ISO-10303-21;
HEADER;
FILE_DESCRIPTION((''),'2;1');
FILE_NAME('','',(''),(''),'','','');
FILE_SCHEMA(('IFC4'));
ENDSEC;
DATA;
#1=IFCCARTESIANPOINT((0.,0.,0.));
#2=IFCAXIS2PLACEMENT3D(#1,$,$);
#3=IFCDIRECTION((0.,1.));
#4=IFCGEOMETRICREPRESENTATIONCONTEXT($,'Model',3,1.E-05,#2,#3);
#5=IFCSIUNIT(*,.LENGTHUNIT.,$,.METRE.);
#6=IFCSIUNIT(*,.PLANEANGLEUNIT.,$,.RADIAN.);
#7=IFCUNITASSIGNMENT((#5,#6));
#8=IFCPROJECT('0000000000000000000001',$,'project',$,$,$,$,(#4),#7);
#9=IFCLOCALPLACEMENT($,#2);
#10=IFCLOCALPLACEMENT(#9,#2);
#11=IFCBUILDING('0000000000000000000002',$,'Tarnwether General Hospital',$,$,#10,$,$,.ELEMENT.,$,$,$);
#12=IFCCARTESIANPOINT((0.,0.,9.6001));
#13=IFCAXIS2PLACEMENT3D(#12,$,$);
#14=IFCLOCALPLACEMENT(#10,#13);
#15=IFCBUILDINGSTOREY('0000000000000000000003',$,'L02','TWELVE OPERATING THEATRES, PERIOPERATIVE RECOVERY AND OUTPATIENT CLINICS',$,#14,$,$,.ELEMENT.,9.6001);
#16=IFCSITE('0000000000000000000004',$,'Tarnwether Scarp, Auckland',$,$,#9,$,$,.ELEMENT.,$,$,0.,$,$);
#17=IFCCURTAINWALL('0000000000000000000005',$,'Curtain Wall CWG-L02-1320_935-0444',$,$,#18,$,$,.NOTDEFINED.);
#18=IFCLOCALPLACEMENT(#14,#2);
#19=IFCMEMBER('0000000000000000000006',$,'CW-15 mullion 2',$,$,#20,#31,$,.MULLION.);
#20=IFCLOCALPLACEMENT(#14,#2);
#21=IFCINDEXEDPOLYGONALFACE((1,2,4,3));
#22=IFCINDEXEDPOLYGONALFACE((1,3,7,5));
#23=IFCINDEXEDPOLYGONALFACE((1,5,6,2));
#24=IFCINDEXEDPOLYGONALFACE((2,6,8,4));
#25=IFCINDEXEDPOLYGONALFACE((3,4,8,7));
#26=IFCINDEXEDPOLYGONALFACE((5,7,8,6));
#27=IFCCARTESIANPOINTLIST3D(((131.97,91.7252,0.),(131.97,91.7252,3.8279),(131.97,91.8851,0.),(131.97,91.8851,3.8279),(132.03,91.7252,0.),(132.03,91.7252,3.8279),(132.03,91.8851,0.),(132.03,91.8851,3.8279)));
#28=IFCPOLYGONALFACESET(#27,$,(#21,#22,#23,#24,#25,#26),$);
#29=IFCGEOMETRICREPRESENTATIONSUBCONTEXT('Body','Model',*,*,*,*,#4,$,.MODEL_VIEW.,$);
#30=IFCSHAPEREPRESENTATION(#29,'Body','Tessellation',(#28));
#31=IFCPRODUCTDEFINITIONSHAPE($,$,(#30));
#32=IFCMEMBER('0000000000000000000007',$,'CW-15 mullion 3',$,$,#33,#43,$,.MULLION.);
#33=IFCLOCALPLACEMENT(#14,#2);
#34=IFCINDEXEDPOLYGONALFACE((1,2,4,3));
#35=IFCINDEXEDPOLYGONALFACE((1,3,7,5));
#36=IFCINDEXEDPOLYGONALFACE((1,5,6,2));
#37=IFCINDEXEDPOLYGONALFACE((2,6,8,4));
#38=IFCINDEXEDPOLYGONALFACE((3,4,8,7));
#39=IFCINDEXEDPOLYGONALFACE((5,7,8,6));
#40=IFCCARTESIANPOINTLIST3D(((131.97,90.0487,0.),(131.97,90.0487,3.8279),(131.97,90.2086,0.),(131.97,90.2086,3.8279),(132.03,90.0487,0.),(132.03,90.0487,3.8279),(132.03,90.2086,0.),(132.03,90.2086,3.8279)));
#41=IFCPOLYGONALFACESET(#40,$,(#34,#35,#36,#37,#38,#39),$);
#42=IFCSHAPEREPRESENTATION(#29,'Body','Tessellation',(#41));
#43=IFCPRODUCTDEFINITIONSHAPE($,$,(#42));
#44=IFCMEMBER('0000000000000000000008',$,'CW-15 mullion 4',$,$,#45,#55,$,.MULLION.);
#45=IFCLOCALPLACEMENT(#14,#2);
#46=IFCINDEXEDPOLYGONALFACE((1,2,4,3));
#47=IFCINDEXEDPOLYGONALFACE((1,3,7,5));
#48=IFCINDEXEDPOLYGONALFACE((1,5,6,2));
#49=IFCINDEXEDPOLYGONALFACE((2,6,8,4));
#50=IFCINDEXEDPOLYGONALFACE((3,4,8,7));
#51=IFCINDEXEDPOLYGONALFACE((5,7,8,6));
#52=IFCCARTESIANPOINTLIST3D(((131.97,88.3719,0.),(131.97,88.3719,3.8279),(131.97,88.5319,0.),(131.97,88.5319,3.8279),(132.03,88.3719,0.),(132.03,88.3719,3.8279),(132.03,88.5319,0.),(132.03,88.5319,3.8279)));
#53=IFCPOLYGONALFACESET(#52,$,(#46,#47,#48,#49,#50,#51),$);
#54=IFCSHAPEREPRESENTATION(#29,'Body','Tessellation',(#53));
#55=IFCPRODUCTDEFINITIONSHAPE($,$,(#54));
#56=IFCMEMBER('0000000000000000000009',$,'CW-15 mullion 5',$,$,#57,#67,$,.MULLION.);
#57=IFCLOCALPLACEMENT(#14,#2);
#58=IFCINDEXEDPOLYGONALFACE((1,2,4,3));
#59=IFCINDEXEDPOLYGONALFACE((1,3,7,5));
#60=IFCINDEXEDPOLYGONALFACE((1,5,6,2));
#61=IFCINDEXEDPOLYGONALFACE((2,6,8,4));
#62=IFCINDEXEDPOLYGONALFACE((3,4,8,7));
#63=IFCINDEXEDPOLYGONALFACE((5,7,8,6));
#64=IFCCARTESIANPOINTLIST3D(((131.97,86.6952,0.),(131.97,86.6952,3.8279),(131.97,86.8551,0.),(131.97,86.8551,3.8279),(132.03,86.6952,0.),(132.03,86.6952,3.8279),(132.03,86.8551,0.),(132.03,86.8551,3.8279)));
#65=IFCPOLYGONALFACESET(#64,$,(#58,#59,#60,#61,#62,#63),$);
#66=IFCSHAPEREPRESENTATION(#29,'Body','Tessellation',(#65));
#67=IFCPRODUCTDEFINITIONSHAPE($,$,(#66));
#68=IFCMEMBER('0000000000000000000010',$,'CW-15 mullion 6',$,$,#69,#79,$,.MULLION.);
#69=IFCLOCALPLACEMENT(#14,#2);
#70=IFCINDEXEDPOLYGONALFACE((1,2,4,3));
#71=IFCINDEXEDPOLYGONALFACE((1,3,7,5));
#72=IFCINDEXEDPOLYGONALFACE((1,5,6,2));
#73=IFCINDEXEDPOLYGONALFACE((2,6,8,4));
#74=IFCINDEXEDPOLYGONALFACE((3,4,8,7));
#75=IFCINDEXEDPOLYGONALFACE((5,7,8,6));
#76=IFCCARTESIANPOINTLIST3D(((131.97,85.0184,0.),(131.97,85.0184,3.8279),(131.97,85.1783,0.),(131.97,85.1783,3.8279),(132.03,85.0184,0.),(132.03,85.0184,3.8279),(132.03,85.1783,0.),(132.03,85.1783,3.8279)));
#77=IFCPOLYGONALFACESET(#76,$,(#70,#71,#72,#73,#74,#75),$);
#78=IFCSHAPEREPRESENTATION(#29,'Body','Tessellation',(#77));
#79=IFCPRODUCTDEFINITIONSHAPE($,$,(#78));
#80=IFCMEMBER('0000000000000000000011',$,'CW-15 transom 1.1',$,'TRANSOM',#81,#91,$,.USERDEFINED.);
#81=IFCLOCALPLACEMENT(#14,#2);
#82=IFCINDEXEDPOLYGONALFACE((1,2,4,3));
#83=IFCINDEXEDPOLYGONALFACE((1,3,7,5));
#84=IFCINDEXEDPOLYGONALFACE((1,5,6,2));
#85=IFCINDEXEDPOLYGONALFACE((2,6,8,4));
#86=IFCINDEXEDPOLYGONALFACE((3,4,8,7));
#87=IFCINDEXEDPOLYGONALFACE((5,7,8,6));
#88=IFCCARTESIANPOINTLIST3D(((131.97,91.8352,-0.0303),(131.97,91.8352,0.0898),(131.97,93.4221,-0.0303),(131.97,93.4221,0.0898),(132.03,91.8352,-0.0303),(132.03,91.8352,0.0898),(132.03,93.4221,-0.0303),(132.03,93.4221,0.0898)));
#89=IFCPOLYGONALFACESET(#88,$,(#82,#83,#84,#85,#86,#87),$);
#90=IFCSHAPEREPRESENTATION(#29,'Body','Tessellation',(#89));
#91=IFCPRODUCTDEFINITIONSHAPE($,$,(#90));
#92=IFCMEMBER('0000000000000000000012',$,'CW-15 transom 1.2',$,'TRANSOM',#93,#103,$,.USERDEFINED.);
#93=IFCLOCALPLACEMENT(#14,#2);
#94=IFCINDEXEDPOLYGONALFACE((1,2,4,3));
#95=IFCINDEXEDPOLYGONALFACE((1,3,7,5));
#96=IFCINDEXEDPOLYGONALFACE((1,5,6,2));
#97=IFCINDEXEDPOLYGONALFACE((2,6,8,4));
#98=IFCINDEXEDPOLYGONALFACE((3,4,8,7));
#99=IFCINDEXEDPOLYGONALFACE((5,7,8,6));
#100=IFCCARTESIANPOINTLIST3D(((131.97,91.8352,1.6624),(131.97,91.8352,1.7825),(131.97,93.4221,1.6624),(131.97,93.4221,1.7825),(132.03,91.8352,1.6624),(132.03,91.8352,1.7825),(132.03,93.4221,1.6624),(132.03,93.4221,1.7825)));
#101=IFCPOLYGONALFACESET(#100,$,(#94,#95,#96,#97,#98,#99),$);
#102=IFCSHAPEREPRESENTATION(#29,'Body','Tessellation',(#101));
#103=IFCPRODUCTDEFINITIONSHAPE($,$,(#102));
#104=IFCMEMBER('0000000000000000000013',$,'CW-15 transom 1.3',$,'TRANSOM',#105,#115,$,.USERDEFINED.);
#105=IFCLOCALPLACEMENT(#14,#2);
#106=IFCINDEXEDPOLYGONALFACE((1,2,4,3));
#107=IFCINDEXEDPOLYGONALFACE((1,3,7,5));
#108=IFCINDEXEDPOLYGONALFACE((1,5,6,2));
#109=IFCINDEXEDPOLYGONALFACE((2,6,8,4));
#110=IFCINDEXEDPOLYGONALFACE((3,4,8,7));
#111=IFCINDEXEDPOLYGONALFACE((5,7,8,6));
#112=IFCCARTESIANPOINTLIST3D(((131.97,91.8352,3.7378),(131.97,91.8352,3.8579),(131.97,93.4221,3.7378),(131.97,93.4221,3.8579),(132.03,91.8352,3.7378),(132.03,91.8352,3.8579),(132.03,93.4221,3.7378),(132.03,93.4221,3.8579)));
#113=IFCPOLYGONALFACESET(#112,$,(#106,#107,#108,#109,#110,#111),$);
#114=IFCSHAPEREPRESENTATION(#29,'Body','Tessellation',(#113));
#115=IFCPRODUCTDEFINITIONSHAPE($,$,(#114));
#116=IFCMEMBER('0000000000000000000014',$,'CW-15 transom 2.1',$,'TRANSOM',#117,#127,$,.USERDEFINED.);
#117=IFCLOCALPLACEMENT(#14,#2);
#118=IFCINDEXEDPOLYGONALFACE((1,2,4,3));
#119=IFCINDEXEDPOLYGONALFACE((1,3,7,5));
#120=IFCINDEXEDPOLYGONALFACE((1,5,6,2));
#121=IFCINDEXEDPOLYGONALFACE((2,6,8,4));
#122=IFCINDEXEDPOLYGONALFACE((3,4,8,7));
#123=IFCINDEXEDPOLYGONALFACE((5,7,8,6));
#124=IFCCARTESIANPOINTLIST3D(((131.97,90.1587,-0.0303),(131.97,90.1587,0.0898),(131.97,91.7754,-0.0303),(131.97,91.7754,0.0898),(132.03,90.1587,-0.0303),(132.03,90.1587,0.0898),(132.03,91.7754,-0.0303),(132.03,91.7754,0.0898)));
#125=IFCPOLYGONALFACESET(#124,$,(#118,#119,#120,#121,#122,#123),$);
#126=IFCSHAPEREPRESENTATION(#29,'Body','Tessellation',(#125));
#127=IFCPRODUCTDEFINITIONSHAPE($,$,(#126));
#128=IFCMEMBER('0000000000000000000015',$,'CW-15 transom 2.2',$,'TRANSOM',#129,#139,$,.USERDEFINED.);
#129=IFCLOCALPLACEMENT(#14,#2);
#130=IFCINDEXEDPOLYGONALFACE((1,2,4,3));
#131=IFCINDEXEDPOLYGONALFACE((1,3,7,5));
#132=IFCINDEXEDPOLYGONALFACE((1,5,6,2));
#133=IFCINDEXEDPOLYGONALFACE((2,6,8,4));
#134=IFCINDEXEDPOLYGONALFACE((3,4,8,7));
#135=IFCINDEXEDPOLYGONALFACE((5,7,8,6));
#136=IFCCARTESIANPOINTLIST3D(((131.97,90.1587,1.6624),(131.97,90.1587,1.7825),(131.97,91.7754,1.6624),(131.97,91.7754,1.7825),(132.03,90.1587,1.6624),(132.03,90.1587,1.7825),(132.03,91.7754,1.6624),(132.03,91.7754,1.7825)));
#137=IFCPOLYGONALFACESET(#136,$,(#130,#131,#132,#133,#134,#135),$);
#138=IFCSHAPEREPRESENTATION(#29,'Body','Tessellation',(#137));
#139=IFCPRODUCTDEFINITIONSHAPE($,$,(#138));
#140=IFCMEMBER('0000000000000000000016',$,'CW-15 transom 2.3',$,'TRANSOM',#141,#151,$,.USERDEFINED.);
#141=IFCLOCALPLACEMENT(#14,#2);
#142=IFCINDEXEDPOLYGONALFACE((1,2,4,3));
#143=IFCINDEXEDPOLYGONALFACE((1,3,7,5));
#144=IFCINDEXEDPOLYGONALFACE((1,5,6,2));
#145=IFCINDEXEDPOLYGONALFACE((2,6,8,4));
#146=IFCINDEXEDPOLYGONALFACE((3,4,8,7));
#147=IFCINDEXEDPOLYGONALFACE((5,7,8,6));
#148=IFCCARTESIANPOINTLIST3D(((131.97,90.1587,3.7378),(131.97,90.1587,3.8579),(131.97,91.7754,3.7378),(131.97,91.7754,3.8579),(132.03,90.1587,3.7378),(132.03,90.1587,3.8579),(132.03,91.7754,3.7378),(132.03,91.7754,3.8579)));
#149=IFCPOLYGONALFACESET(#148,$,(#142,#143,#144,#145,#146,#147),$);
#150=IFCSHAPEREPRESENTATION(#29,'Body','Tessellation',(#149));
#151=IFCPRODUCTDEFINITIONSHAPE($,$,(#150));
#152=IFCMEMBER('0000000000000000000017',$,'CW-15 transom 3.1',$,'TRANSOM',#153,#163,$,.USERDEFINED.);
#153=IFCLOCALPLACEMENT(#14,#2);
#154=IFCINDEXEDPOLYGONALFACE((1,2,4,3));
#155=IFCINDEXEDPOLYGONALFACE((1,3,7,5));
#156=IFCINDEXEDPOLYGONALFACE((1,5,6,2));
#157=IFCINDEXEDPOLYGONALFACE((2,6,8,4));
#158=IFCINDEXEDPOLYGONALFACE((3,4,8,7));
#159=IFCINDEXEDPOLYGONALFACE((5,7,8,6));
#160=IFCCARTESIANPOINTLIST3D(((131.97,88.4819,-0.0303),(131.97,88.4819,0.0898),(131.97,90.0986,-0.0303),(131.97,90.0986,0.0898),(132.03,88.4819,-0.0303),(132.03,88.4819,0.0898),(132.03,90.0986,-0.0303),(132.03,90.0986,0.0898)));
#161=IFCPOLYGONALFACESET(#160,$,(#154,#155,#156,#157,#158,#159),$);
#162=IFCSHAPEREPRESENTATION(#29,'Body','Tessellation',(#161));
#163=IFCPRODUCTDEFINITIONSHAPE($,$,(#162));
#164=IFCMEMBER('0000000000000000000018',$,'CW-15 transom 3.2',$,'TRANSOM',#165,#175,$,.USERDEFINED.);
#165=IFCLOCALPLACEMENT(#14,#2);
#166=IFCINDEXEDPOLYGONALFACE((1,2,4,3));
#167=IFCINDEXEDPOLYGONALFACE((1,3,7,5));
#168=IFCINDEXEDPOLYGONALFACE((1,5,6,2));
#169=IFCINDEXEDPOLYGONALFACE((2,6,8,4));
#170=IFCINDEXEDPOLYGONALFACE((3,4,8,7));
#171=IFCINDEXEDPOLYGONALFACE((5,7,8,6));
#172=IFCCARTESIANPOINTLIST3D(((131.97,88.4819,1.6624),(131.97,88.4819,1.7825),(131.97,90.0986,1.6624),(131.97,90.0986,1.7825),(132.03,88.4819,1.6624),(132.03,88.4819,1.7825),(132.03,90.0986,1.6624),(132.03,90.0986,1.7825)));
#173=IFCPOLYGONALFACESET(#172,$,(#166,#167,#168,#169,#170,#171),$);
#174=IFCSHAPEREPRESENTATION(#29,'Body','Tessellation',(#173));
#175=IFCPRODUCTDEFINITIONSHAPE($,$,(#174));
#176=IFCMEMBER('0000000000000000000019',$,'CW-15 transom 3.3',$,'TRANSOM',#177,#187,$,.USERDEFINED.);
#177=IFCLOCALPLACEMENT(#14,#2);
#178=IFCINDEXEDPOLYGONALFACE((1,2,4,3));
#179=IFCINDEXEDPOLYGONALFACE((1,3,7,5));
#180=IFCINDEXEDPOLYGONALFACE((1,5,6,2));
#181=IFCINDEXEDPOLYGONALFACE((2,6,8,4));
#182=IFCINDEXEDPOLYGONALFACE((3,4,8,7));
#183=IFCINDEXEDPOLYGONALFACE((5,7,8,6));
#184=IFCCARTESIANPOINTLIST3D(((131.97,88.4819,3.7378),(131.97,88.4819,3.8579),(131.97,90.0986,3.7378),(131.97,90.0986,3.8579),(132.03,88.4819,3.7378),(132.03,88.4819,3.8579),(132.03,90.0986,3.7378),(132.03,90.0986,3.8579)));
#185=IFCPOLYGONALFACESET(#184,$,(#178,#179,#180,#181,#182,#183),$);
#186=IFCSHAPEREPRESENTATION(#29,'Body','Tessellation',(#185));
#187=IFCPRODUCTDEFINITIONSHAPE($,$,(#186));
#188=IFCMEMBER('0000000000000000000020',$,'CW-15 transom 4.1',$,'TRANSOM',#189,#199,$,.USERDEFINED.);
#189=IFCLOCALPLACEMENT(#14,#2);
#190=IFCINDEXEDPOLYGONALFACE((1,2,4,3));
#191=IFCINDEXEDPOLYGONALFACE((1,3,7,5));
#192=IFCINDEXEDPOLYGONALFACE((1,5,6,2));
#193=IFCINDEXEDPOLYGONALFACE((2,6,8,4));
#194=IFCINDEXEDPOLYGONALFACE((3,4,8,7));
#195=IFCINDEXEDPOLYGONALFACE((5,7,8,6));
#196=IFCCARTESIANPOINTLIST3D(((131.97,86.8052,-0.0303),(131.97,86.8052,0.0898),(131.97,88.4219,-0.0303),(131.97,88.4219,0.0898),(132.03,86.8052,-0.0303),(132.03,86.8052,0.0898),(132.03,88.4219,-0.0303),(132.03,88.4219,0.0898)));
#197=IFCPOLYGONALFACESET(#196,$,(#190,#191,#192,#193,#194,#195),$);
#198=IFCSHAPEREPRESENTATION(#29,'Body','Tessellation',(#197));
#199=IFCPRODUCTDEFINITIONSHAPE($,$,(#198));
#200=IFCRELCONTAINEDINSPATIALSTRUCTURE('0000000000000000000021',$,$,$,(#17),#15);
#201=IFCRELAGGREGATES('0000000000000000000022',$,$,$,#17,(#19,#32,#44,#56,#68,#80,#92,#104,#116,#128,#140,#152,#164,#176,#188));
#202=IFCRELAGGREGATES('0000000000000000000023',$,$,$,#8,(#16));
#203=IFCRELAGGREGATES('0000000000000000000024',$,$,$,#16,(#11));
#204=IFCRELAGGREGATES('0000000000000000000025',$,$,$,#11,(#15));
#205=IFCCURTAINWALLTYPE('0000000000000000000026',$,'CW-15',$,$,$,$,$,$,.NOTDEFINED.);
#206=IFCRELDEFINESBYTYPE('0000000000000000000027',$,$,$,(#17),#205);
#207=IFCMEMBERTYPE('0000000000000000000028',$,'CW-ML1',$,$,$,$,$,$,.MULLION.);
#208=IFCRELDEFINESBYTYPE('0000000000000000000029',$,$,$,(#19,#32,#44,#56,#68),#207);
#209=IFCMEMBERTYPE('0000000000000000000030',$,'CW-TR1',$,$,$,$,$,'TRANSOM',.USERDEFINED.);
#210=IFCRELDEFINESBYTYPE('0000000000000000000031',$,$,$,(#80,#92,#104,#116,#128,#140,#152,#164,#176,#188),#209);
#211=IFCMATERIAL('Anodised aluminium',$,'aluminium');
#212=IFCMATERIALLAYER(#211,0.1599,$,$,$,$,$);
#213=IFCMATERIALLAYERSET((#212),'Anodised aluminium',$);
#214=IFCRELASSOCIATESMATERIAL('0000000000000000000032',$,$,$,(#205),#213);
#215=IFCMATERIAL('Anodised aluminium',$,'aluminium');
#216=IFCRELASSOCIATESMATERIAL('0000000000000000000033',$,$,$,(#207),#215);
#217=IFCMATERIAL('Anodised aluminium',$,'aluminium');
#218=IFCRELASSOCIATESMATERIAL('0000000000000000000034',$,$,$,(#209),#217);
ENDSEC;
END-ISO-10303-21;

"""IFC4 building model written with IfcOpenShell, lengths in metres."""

from ifc_helpers import new_model, si_unit, direction, frame, origin, origin_2d, place, context, subcontext, project, spatial, rectangle, extrude, material, layer, layer_set, material_profile, profile_set, type_object, element, aggregate, save


model = new_model("IFC4")

# Units and contexts
model_context = context("Model", 3, precision=1e-05, world=origin(), true_north=direction((0.0, 1.0)))
body_context = subcontext(model_context, "Body", "Model", "MODEL_VIEW")
ifc_project = project(units=[si_unit("LENGTHUNIT", "METRE"), si_unit("PLANEANGLEUNIT", "RADIAN")], contexts=[model_context])

# Site, building, storey
site_placement = place(None, origin())
site = spatial("IfcSite", under=ifc_project, at=site_placement, Name="Tarnwether Scarp, Auckland", CompositionType="ELEMENT", RefElevation=0.0)
building_placement = place(site_placement, origin())
building = spatial("IfcBuilding", under=site, at=building_placement, Name="Tarnwether General Hospital", CompositionType="ELEMENT")
storey_placement = place(building_placement, frame((0.0, 0.0, 9.6001)))
storey = spatial("IfcBuildingStorey", under=building, at=storey_placement, Name="L02", Description="TWELVE OPERATING THEATRES, PERIOPERATIVE RECOVERY AND OUTPATIENT CLINICS", CompositionType="ELEMENT", Elevation=9.6001)

# Curtain wall, members
ifc_material_1 = material(Name="Anodised aluminium", Category="aluminium")
ifc_layer_1 = layer(ifc_material_1, 0.1599)
ifc_layer_set_1 = layer_set([ifc_layer_1], Name="Anodised aluminium")
curtain_wall_type = type_object("IfcCurtainWallType", Name="CW-15", PredefinedType="NOTDEFINED", material=ifc_layer_set_1)
curtain_wall_placement = place(storey_placement, origin())
curtain_wall = element("IfcCurtainWall", 1, at=curtain_wall_placement, inside=storey, type_object=curtain_wall_type, Name="Curtain Wall CWG-L02-1320_935-0444", PredefinedType="NOTDEFINED")
ifc_material_2 = material(Name="Anodised aluminium", Category="aluminium")
ifc_material_profile_1 = material_profile(ifc_material_2, rectangle(XDim=0.0601, YDim=0.1599, at=origin_2d()), Name="ALU-MUL-60x160")
ifc_profile_set_1 = profile_set([ifc_material_profile_1], Name="Anodised aluminium")
member_type_1 = type_object("IfcMemberType", Name="CW-ML1", PredefinedType="MULLION", material=ifc_profile_set_1)
member_1_placement = place(storey_placement, frame((132.0, 91.8052, 0.0), z_axis=(0.0, 0.0, 1.0), x_axis=(1.0, 0.0, 0.0)))
member_1 = element("IfcMember", 2, at=member_1_placement, type_object=member_type_1, Name="CW-15 mullion 2", PredefinedType="MULLION", context=body_context, shape_type="SweptSolid", body=[
    extrude(rectangle(XDim=0.0601, YDim=0.1599, at=origin_2d()), origin(), (0.0, 0.0, 1.0), 3.8279),
])
member_2_placement = place(storey_placement, frame((132.0, 90.1287, 0.0), z_axis=(0.0, 0.0, 1.0), x_axis=(1.0, 0.0, 0.0)))
member_2 = element("IfcMember", 3, at=member_2_placement, type_object=member_type_1, Name="CW-15 mullion 3", PredefinedType="MULLION", context=body_context, shape_type="SweptSolid", body=[
    extrude(rectangle(XDim=0.0601, YDim=0.1599, at=origin_2d()), origin(), (0.0, 0.0, 1.0), 3.8279),
])
member_3_placement = place(storey_placement, frame((132.0, 88.4519, 0.0), z_axis=(0.0, 0.0, 1.0), x_axis=(1.0, 0.0, 0.0)))
member_3 = element("IfcMember", 4, at=member_3_placement, type_object=member_type_1, Name="CW-15 mullion 4", PredefinedType="MULLION", context=body_context, shape_type="SweptSolid", body=[
    extrude(rectangle(XDim=0.0601, YDim=0.1599, at=origin_2d()), origin(), (0.0, 0.0, 1.0), 3.8279),
])
member_4_placement = place(storey_placement, frame((132.0, 86.7751, 0.0), z_axis=(0.0, 0.0, 1.0), x_axis=(1.0, 0.0, 0.0)))
member_4 = element("IfcMember", 5, at=member_4_placement, type_object=member_type_1, Name="CW-15 mullion 5", PredefinedType="MULLION", context=body_context, shape_type="SweptSolid", body=[
    extrude(rectangle(XDim=0.0601, YDim=0.1599, at=origin_2d()), origin(), (0.0, 0.0, 1.0), 3.8279),
])
member_5_placement = place(storey_placement, frame((132.0, 85.0984, 0.0), z_axis=(0.0, 0.0, 1.0), x_axis=(1.0, 0.0, 0.0)))
member_5 = element("IfcMember", 6, at=member_5_placement, type_object=member_type_1, Name="CW-15 mullion 6", PredefinedType="MULLION", context=body_context, shape_type="SweptSolid", body=[
    extrude(rectangle(XDim=0.0601, YDim=0.1599, at=origin_2d()), origin(), (0.0, 0.0, 1.0), 3.8279),
])
ifc_material_3 = material(Name="Anodised aluminium", Category="aluminium")
ifc_material_profile_2 = material_profile(ifc_material_3, rectangle(XDim=0.0601, YDim=0.1201, at=origin_2d()), Name="ALU-TRN-60x120")
ifc_profile_set_2 = profile_set([ifc_material_profile_2], Name="Anodised aluminium")
member_type_2 = type_object("IfcMemberType", Name="CW-TR1", ElementType="TRANSOM", PredefinedType="USERDEFINED", material=ifc_profile_set_2)
member_6_placement = place(storey_placement, frame((132.0, 93.4221, 0.0298), z_axis=(0.0, -1.0, 0.0), x_axis=(1.0, 0.0, 0.0)))
member_6 = element("IfcMember", 7, at=member_6_placement, type_object=member_type_2, Name="CW-15 transom 1.1", ObjectType="TRANSOM", PredefinedType="USERDEFINED", context=body_context, shape_type="SweptSolid", body=[
    extrude(rectangle(XDim=0.0601, YDim=0.1201, at=origin_2d()), origin(), (0.0, 0.0, 1.0), 1.5869),
])
member_7_placement = place(storey_placement, frame((132.0, 93.4221, 1.7224), z_axis=(0.0, -1.0, 0.0), x_axis=(1.0, 0.0, 0.0)))
member_7 = element("IfcMember", 8, at=member_7_placement, type_object=member_type_2, Name="CW-15 transom 1.2", ObjectType="TRANSOM", PredefinedType="USERDEFINED", context=body_context, shape_type="SweptSolid", body=[
    extrude(rectangle(XDim=0.0601, YDim=0.1201, at=origin_2d()), origin(), (0.0, 0.0, 1.0), 1.5869),
])
member_8_placement = place(storey_placement, frame((132.0, 93.4221, 3.7979), z_axis=(0.0, -1.0, 0.0), x_axis=(1.0, 0.0, 0.0)))
member_8 = element("IfcMember", 9, at=member_8_placement, type_object=member_type_2, Name="CW-15 transom 1.3", ObjectType="TRANSOM", PredefinedType="USERDEFINED", context=body_context, shape_type="SweptSolid", body=[
    extrude(rectangle(XDim=0.0601, YDim=0.1201, at=origin_2d()), origin(), (0.0, 0.0, 1.0), 1.5869),
])
member_9_placement = place(storey_placement, frame((132.0, 91.7754, 0.0298), z_axis=(0.0, -1.0, 0.0), x_axis=(1.0, 0.0, 0.0)))
member_9 = element("IfcMember", 10, at=member_9_placement, type_object=member_type_2, Name="CW-15 transom 2.1", ObjectType="TRANSOM", PredefinedType="USERDEFINED", context=body_context, shape_type="SweptSolid", body=[
    extrude(rectangle(XDim=0.0601, YDim=0.1201, at=origin_2d()), origin(), (0.0, 0.0, 1.0), 1.6167),
])
member_10_placement = place(storey_placement, frame((132.0, 91.7754, 1.7224), z_axis=(0.0, -1.0, 0.0), x_axis=(1.0, 0.0, 0.0)))
member_10 = element("IfcMember", 11, at=member_10_placement, type_object=member_type_2, Name="CW-15 transom 2.2", ObjectType="TRANSOM", PredefinedType="USERDEFINED", context=body_context, shape_type="SweptSolid", body=[
    extrude(rectangle(XDim=0.0601, YDim=0.1201, at=origin_2d()), origin(), (0.0, 0.0, 1.0), 1.6167),
])
member_11_placement = place(storey_placement, frame((132.0, 91.7754, 3.7979), z_axis=(0.0, -1.0, 0.0), x_axis=(1.0, 0.0, 0.0)))
member_11 = element("IfcMember", 12, at=member_11_placement, type_object=member_type_2, Name="CW-15 transom 2.3", ObjectType="TRANSOM", PredefinedType="USERDEFINED", context=body_context, shape_type="SweptSolid", body=[
    extrude(rectangle(XDim=0.0601, YDim=0.1201, at=origin_2d()), origin(), (0.0, 0.0, 1.0), 1.6167),
])
member_12_placement = place(storey_placement, frame((132.0, 90.0986, 0.0298), z_axis=(0.0, -1.0, 0.0), x_axis=(1.0, 0.0, 0.0)))
member_12 = element("IfcMember", 13, at=member_12_placement, type_object=member_type_2, Name="CW-15 transom 3.1", ObjectType="TRANSOM", PredefinedType="USERDEFINED", context=body_context, shape_type="SweptSolid", body=[
    extrude(rectangle(XDim=0.0601, YDim=0.1201, at=origin_2d()), origin(), (0.0, 0.0, 1.0), 1.6167),
])
member_13_placement = place(storey_placement, frame((132.0, 90.0986, 1.7224), z_axis=(0.0, -1.0, 0.0), x_axis=(1.0, 0.0, 0.0)))
member_13 = element("IfcMember", 14, at=member_13_placement, type_object=member_type_2, Name="CW-15 transom 3.2", ObjectType="TRANSOM", PredefinedType="USERDEFINED", context=body_context, shape_type="SweptSolid", body=[
    extrude(rectangle(XDim=0.0601, YDim=0.1201, at=origin_2d()), origin(), (0.0, 0.0, 1.0), 1.6167),
])
member_14_placement = place(storey_placement, frame((132.0, 90.0986, 3.7979), z_axis=(0.0, -1.0, 0.0), x_axis=(1.0, 0.0, 0.0)))
member_14 = element("IfcMember", 15, at=member_14_placement, type_object=member_type_2, Name="CW-15 transom 3.3", ObjectType="TRANSOM", PredefinedType="USERDEFINED", context=body_context, shape_type="SweptSolid", body=[
    extrude(rectangle(XDim=0.0601, YDim=0.1201, at=origin_2d()), origin(), (0.0, 0.0, 1.0), 1.6167),
])
member_15_placement = place(storey_placement, frame((132.0, 88.4219, 0.0298), z_axis=(0.0, -1.0, 0.0), x_axis=(1.0, 0.0, 0.0)))
member_15 = element("IfcMember", 16, at=member_15_placement, type_object=member_type_2, Name="CW-15 transom 4.1", ObjectType="TRANSOM", PredefinedType="USERDEFINED", context=body_context, shape_type="SweptSolid", body=[
    extrude(rectangle(XDim=0.0601, YDim=0.1201, at=origin_2d()), origin(), (0.0, 0.0, 1.0), 1.6167),
])
aggregate(curtain_wall, [member_1, member_2, member_3, member_4, member_5, member_6, member_7, member_8, member_9, member_10, member_11, member_12, member_13, member_14, member_15])

save(model, "model.ifc")
